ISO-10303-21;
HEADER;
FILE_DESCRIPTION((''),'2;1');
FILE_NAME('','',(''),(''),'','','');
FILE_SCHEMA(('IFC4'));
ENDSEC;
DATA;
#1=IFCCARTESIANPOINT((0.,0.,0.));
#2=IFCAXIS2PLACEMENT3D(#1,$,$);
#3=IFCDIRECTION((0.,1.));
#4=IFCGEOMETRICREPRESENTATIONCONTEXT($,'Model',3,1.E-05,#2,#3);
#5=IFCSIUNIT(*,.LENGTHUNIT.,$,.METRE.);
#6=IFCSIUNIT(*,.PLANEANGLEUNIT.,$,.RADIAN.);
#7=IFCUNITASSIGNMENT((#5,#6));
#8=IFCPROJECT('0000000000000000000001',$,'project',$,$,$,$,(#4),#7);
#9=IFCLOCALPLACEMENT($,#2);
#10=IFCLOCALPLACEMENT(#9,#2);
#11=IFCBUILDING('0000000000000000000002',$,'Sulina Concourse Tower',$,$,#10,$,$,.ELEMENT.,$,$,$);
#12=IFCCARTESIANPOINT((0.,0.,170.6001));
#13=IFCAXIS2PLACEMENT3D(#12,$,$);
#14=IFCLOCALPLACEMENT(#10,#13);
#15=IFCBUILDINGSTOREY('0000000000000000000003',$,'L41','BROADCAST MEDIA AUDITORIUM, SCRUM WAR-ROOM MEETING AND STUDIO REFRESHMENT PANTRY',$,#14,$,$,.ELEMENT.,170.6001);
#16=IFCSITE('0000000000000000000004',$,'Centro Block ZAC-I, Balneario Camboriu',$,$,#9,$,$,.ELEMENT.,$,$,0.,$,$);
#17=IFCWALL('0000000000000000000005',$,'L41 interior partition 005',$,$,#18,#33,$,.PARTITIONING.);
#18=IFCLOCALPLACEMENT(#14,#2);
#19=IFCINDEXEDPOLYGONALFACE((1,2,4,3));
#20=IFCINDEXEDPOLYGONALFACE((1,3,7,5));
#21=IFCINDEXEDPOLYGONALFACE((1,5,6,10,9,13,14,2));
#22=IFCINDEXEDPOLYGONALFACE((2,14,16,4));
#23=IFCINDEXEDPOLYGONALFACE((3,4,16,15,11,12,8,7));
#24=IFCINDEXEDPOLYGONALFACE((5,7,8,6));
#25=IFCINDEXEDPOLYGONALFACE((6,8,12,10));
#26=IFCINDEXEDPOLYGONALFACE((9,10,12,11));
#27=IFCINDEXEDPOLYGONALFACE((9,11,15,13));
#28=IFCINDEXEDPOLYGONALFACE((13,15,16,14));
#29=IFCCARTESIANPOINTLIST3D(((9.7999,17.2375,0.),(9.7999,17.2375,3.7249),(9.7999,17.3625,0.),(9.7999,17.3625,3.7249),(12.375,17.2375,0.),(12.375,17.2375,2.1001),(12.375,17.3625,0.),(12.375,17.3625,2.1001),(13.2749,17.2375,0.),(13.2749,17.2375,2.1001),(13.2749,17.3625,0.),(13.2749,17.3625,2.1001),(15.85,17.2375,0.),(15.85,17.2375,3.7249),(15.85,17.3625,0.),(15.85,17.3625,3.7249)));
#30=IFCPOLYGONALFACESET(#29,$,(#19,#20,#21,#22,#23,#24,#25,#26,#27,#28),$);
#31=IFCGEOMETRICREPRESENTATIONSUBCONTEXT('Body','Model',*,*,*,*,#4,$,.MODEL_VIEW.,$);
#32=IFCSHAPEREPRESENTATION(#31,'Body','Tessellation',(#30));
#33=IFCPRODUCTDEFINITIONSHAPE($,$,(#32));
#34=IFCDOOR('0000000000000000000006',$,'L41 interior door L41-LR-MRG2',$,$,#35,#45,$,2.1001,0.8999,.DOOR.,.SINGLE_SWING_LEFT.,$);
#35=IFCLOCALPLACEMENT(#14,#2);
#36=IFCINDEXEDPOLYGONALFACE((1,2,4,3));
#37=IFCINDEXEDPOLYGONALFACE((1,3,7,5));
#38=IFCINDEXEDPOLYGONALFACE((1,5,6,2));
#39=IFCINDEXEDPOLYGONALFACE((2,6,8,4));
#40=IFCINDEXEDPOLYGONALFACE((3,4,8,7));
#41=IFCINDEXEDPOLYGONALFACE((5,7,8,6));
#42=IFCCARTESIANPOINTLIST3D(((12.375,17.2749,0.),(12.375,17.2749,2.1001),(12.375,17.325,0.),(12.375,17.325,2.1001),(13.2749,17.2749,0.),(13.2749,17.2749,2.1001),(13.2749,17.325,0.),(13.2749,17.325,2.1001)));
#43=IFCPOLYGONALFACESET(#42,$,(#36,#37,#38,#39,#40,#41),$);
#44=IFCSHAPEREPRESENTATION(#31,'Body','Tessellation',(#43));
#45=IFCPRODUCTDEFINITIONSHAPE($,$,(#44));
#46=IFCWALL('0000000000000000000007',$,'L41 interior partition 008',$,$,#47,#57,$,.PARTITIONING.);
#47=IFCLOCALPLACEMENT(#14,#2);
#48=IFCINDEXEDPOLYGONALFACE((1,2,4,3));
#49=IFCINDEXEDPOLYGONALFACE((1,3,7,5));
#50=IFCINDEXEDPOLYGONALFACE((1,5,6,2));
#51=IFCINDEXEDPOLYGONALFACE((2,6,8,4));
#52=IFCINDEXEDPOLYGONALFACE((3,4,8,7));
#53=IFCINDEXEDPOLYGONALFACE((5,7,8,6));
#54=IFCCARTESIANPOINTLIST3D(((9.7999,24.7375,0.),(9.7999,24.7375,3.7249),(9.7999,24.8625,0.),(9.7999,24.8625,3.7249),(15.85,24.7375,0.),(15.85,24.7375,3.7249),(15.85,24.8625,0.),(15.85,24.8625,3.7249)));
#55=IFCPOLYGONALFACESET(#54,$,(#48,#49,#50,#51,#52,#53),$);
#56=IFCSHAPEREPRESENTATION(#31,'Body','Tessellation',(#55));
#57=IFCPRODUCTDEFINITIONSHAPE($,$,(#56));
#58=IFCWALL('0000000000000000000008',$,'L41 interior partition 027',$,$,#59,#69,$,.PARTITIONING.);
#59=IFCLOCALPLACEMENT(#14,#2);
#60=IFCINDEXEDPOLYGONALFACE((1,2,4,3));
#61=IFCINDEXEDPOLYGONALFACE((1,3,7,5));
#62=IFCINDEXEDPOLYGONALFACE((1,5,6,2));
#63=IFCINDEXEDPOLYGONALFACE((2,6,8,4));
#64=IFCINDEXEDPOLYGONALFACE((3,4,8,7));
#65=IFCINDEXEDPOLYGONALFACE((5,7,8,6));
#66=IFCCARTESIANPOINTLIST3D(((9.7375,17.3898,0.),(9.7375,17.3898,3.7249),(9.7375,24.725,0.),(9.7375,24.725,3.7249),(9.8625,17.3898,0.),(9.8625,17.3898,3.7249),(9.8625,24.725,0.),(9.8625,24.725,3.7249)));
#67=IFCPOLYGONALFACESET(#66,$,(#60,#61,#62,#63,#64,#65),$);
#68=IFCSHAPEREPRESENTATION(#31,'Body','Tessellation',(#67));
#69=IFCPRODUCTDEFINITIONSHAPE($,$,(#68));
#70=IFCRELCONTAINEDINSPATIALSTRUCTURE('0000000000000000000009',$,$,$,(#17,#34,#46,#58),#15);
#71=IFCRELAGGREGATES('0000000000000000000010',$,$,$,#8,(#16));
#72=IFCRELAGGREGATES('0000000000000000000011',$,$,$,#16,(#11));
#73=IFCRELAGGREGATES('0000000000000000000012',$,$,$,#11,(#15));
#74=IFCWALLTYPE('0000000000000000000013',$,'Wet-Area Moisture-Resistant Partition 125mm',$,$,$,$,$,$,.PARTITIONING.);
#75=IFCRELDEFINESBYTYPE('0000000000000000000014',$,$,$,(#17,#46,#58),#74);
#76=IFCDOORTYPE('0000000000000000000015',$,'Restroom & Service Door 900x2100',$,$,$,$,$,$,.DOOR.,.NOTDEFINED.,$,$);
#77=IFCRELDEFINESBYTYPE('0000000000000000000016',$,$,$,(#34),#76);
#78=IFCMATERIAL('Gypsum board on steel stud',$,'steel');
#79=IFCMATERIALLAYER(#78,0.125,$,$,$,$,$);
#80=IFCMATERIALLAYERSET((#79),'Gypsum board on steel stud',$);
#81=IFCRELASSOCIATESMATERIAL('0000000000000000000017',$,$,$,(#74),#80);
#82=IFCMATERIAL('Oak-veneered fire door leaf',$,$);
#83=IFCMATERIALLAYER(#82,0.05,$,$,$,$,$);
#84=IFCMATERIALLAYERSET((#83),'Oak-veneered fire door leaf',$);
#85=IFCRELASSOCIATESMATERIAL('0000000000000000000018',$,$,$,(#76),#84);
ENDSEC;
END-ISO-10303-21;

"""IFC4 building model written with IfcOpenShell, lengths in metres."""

from ifc_helpers import new_model, si_unit, direction, frame, frame_2d, origin, place, context, subcontext, project, spatial, rectangle, extrude, material, layer, layer_set, type_object, element, fill, save


model = new_model("IFC4")

# Units and contexts
model_context = context("Model", 3, precision=1e-05, world=origin(), true_north=direction((0.0, 1.0)))
body_context = subcontext(model_context, "Body", "Model", "MODEL_VIEW")
ifc_project = project(units=[si_unit("LENGTHUNIT", "METRE"), si_unit("PLANEANGLEUNIT", "RADIAN")], contexts=[model_context])

# Site, building, storey
site_placement = place(None, origin())
site = spatial("IfcSite", under=ifc_project, at=site_placement, Name="Centro Block ZAC-I, Balneario Camboriu", CompositionType="ELEMENT", RefElevation=0.0)
building_placement = place(site_placement, origin())
building = spatial("IfcBuilding", under=site, at=building_placement, Name="Sulina Concourse Tower", CompositionType="ELEMENT")
storey_placement = place(building_placement, frame((0.0, 0.0, 170.6001)))
storey = spatial("IfcBuildingStorey", under=building, at=storey_placement, Name="L41", Description="BROADCAST MEDIA AUDITORIUM, SCRUM WAR-ROOM MEETING AND STUDIO REFRESHMENT PANTRY", CompositionType="ELEMENT", Elevation=170.6001)

# Wall, opening, door
ifc_material_1 = material(Name="Gypsum board on steel stud", Category="steel")
ifc_layer_1 = layer(ifc_material_1, 0.125)
ifc_layer_set_1 = layer_set([ifc_layer_1], Name="Gypsum board on steel stud")
wall_type_1 = type_object("IfcWallType", Name="Wet-Area Moisture-Resistant Partition 125mm", PredefinedType="PARTITIONING", material=ifc_layer_set_1)
wall_1_placement = place(storey_placement, frame((9.8, 17.3, 0.0), z_axis=(0.0, 0.0, 1.0), x_axis=(1.0, 0.0, 0.0)))
wall_1 = element("IfcWall", 1, at=wall_1_placement, inside=storey, type_object=wall_type_1, Name="L41 interior partition 005", PredefinedType="PARTITIONING", context=body_context, shape_type="SweptSolid", body=[
    extrude(rectangle(XDim=6.05, YDim=0.125, at=frame_2d((3.0249, 0.0))), origin(), (0.0, 0.0, 1.0), 3.7249),
])
opening_1_placement = place(wall_1_placement, frame((2.575, 0.0, 0.0)))
opening_1 = element("IfcOpeningElement", 2, at=opening_1_placement, cuts=wall_1, PredefinedType="OPENING", context=body_context, shape_type="SweptSolid", body=[
    extrude(rectangle(XDim=0.8999, YDim=2.1001, at=frame_2d((0.45, 1.05))), frame((0.0, 0.0725, 0.0), z_axis=(0.0, -1.0, 0.0), x_axis=(1.0, 0.0, 0.0)), (0.0, 0.0, 1.0), 0.145),
])
ifc_material_2 = material(Name="Oak-veneered fire door leaf")
ifc_layer_2 = layer(ifc_material_2, 0.05)
ifc_layer_set_2 = layer_set([ifc_layer_2], Name="Oak-veneered fire door leaf")
door_type_1 = type_object("IfcDoorType", Name="Restroom & Service Door 900x2100", OperationType="NOTDEFINED", PredefinedType="DOOR", material=ifc_layer_set_2)
door_1_placement = place(opening_1_placement, origin())
door_1 = element("IfcDoor", 3, at=door_1_placement, inside=storey, type_object=door_type_1, Name="L41 interior door L41-LR-MRG2", OperationType="SINGLE_SWING_LEFT", OverallHeight=2.1001, OverallWidth=0.8999, PredefinedType="DOOR", context=body_context, shape_type="SweptSolid", body=[
    extrude(rectangle(XDim=0.8999, YDim=2.1001, at=frame_2d((0.45, 1.05))), frame((0.0, 0.0249, 0.0), z_axis=(0.0, -1.0, 0.0), x_axis=(1.0, 0.0, 0.0)), (0.0, 0.0, 1.0), 0.05),
])
fill(opening_1, door_1)

# Walls
wall_2_placement = place(storey_placement, frame((9.8, 24.8, 0.0), z_axis=(0.0, 0.0, 1.0), x_axis=(1.0, 0.0, 0.0)))
element("IfcWall", 4, at=wall_2_placement, inside=storey, type_object=wall_type_1, Name="L41 interior partition 008", PredefinedType="PARTITIONING", context=body_context, shape_type="SweptSolid", body=[
    extrude(rectangle(XDim=6.05, YDim=0.125, at=frame_2d((3.0249, 0.0))), origin(), (0.0, 0.0, 1.0), 3.7249),
])
wall_3_placement = place(storey_placement, frame((9.8, 17.3899, 0.0), z_axis=(0.0, 0.0, 1.0), x_axis=(0.0, 1.0, 0.0)))
element("IfcWall", 5, at=wall_3_placement, inside=storey, type_object=wall_type_1, Name="L41 interior partition 027", PredefinedType="PARTITIONING", context=body_context, shape_type="SweptSolid", body=[
    extrude(rectangle(XDim=7.3352, YDim=0.125, at=frame_2d((3.6675, 0.0))), origin(), (0.0, 0.0, 1.0), 3.7249),
])

save(model, "model.ifc")
